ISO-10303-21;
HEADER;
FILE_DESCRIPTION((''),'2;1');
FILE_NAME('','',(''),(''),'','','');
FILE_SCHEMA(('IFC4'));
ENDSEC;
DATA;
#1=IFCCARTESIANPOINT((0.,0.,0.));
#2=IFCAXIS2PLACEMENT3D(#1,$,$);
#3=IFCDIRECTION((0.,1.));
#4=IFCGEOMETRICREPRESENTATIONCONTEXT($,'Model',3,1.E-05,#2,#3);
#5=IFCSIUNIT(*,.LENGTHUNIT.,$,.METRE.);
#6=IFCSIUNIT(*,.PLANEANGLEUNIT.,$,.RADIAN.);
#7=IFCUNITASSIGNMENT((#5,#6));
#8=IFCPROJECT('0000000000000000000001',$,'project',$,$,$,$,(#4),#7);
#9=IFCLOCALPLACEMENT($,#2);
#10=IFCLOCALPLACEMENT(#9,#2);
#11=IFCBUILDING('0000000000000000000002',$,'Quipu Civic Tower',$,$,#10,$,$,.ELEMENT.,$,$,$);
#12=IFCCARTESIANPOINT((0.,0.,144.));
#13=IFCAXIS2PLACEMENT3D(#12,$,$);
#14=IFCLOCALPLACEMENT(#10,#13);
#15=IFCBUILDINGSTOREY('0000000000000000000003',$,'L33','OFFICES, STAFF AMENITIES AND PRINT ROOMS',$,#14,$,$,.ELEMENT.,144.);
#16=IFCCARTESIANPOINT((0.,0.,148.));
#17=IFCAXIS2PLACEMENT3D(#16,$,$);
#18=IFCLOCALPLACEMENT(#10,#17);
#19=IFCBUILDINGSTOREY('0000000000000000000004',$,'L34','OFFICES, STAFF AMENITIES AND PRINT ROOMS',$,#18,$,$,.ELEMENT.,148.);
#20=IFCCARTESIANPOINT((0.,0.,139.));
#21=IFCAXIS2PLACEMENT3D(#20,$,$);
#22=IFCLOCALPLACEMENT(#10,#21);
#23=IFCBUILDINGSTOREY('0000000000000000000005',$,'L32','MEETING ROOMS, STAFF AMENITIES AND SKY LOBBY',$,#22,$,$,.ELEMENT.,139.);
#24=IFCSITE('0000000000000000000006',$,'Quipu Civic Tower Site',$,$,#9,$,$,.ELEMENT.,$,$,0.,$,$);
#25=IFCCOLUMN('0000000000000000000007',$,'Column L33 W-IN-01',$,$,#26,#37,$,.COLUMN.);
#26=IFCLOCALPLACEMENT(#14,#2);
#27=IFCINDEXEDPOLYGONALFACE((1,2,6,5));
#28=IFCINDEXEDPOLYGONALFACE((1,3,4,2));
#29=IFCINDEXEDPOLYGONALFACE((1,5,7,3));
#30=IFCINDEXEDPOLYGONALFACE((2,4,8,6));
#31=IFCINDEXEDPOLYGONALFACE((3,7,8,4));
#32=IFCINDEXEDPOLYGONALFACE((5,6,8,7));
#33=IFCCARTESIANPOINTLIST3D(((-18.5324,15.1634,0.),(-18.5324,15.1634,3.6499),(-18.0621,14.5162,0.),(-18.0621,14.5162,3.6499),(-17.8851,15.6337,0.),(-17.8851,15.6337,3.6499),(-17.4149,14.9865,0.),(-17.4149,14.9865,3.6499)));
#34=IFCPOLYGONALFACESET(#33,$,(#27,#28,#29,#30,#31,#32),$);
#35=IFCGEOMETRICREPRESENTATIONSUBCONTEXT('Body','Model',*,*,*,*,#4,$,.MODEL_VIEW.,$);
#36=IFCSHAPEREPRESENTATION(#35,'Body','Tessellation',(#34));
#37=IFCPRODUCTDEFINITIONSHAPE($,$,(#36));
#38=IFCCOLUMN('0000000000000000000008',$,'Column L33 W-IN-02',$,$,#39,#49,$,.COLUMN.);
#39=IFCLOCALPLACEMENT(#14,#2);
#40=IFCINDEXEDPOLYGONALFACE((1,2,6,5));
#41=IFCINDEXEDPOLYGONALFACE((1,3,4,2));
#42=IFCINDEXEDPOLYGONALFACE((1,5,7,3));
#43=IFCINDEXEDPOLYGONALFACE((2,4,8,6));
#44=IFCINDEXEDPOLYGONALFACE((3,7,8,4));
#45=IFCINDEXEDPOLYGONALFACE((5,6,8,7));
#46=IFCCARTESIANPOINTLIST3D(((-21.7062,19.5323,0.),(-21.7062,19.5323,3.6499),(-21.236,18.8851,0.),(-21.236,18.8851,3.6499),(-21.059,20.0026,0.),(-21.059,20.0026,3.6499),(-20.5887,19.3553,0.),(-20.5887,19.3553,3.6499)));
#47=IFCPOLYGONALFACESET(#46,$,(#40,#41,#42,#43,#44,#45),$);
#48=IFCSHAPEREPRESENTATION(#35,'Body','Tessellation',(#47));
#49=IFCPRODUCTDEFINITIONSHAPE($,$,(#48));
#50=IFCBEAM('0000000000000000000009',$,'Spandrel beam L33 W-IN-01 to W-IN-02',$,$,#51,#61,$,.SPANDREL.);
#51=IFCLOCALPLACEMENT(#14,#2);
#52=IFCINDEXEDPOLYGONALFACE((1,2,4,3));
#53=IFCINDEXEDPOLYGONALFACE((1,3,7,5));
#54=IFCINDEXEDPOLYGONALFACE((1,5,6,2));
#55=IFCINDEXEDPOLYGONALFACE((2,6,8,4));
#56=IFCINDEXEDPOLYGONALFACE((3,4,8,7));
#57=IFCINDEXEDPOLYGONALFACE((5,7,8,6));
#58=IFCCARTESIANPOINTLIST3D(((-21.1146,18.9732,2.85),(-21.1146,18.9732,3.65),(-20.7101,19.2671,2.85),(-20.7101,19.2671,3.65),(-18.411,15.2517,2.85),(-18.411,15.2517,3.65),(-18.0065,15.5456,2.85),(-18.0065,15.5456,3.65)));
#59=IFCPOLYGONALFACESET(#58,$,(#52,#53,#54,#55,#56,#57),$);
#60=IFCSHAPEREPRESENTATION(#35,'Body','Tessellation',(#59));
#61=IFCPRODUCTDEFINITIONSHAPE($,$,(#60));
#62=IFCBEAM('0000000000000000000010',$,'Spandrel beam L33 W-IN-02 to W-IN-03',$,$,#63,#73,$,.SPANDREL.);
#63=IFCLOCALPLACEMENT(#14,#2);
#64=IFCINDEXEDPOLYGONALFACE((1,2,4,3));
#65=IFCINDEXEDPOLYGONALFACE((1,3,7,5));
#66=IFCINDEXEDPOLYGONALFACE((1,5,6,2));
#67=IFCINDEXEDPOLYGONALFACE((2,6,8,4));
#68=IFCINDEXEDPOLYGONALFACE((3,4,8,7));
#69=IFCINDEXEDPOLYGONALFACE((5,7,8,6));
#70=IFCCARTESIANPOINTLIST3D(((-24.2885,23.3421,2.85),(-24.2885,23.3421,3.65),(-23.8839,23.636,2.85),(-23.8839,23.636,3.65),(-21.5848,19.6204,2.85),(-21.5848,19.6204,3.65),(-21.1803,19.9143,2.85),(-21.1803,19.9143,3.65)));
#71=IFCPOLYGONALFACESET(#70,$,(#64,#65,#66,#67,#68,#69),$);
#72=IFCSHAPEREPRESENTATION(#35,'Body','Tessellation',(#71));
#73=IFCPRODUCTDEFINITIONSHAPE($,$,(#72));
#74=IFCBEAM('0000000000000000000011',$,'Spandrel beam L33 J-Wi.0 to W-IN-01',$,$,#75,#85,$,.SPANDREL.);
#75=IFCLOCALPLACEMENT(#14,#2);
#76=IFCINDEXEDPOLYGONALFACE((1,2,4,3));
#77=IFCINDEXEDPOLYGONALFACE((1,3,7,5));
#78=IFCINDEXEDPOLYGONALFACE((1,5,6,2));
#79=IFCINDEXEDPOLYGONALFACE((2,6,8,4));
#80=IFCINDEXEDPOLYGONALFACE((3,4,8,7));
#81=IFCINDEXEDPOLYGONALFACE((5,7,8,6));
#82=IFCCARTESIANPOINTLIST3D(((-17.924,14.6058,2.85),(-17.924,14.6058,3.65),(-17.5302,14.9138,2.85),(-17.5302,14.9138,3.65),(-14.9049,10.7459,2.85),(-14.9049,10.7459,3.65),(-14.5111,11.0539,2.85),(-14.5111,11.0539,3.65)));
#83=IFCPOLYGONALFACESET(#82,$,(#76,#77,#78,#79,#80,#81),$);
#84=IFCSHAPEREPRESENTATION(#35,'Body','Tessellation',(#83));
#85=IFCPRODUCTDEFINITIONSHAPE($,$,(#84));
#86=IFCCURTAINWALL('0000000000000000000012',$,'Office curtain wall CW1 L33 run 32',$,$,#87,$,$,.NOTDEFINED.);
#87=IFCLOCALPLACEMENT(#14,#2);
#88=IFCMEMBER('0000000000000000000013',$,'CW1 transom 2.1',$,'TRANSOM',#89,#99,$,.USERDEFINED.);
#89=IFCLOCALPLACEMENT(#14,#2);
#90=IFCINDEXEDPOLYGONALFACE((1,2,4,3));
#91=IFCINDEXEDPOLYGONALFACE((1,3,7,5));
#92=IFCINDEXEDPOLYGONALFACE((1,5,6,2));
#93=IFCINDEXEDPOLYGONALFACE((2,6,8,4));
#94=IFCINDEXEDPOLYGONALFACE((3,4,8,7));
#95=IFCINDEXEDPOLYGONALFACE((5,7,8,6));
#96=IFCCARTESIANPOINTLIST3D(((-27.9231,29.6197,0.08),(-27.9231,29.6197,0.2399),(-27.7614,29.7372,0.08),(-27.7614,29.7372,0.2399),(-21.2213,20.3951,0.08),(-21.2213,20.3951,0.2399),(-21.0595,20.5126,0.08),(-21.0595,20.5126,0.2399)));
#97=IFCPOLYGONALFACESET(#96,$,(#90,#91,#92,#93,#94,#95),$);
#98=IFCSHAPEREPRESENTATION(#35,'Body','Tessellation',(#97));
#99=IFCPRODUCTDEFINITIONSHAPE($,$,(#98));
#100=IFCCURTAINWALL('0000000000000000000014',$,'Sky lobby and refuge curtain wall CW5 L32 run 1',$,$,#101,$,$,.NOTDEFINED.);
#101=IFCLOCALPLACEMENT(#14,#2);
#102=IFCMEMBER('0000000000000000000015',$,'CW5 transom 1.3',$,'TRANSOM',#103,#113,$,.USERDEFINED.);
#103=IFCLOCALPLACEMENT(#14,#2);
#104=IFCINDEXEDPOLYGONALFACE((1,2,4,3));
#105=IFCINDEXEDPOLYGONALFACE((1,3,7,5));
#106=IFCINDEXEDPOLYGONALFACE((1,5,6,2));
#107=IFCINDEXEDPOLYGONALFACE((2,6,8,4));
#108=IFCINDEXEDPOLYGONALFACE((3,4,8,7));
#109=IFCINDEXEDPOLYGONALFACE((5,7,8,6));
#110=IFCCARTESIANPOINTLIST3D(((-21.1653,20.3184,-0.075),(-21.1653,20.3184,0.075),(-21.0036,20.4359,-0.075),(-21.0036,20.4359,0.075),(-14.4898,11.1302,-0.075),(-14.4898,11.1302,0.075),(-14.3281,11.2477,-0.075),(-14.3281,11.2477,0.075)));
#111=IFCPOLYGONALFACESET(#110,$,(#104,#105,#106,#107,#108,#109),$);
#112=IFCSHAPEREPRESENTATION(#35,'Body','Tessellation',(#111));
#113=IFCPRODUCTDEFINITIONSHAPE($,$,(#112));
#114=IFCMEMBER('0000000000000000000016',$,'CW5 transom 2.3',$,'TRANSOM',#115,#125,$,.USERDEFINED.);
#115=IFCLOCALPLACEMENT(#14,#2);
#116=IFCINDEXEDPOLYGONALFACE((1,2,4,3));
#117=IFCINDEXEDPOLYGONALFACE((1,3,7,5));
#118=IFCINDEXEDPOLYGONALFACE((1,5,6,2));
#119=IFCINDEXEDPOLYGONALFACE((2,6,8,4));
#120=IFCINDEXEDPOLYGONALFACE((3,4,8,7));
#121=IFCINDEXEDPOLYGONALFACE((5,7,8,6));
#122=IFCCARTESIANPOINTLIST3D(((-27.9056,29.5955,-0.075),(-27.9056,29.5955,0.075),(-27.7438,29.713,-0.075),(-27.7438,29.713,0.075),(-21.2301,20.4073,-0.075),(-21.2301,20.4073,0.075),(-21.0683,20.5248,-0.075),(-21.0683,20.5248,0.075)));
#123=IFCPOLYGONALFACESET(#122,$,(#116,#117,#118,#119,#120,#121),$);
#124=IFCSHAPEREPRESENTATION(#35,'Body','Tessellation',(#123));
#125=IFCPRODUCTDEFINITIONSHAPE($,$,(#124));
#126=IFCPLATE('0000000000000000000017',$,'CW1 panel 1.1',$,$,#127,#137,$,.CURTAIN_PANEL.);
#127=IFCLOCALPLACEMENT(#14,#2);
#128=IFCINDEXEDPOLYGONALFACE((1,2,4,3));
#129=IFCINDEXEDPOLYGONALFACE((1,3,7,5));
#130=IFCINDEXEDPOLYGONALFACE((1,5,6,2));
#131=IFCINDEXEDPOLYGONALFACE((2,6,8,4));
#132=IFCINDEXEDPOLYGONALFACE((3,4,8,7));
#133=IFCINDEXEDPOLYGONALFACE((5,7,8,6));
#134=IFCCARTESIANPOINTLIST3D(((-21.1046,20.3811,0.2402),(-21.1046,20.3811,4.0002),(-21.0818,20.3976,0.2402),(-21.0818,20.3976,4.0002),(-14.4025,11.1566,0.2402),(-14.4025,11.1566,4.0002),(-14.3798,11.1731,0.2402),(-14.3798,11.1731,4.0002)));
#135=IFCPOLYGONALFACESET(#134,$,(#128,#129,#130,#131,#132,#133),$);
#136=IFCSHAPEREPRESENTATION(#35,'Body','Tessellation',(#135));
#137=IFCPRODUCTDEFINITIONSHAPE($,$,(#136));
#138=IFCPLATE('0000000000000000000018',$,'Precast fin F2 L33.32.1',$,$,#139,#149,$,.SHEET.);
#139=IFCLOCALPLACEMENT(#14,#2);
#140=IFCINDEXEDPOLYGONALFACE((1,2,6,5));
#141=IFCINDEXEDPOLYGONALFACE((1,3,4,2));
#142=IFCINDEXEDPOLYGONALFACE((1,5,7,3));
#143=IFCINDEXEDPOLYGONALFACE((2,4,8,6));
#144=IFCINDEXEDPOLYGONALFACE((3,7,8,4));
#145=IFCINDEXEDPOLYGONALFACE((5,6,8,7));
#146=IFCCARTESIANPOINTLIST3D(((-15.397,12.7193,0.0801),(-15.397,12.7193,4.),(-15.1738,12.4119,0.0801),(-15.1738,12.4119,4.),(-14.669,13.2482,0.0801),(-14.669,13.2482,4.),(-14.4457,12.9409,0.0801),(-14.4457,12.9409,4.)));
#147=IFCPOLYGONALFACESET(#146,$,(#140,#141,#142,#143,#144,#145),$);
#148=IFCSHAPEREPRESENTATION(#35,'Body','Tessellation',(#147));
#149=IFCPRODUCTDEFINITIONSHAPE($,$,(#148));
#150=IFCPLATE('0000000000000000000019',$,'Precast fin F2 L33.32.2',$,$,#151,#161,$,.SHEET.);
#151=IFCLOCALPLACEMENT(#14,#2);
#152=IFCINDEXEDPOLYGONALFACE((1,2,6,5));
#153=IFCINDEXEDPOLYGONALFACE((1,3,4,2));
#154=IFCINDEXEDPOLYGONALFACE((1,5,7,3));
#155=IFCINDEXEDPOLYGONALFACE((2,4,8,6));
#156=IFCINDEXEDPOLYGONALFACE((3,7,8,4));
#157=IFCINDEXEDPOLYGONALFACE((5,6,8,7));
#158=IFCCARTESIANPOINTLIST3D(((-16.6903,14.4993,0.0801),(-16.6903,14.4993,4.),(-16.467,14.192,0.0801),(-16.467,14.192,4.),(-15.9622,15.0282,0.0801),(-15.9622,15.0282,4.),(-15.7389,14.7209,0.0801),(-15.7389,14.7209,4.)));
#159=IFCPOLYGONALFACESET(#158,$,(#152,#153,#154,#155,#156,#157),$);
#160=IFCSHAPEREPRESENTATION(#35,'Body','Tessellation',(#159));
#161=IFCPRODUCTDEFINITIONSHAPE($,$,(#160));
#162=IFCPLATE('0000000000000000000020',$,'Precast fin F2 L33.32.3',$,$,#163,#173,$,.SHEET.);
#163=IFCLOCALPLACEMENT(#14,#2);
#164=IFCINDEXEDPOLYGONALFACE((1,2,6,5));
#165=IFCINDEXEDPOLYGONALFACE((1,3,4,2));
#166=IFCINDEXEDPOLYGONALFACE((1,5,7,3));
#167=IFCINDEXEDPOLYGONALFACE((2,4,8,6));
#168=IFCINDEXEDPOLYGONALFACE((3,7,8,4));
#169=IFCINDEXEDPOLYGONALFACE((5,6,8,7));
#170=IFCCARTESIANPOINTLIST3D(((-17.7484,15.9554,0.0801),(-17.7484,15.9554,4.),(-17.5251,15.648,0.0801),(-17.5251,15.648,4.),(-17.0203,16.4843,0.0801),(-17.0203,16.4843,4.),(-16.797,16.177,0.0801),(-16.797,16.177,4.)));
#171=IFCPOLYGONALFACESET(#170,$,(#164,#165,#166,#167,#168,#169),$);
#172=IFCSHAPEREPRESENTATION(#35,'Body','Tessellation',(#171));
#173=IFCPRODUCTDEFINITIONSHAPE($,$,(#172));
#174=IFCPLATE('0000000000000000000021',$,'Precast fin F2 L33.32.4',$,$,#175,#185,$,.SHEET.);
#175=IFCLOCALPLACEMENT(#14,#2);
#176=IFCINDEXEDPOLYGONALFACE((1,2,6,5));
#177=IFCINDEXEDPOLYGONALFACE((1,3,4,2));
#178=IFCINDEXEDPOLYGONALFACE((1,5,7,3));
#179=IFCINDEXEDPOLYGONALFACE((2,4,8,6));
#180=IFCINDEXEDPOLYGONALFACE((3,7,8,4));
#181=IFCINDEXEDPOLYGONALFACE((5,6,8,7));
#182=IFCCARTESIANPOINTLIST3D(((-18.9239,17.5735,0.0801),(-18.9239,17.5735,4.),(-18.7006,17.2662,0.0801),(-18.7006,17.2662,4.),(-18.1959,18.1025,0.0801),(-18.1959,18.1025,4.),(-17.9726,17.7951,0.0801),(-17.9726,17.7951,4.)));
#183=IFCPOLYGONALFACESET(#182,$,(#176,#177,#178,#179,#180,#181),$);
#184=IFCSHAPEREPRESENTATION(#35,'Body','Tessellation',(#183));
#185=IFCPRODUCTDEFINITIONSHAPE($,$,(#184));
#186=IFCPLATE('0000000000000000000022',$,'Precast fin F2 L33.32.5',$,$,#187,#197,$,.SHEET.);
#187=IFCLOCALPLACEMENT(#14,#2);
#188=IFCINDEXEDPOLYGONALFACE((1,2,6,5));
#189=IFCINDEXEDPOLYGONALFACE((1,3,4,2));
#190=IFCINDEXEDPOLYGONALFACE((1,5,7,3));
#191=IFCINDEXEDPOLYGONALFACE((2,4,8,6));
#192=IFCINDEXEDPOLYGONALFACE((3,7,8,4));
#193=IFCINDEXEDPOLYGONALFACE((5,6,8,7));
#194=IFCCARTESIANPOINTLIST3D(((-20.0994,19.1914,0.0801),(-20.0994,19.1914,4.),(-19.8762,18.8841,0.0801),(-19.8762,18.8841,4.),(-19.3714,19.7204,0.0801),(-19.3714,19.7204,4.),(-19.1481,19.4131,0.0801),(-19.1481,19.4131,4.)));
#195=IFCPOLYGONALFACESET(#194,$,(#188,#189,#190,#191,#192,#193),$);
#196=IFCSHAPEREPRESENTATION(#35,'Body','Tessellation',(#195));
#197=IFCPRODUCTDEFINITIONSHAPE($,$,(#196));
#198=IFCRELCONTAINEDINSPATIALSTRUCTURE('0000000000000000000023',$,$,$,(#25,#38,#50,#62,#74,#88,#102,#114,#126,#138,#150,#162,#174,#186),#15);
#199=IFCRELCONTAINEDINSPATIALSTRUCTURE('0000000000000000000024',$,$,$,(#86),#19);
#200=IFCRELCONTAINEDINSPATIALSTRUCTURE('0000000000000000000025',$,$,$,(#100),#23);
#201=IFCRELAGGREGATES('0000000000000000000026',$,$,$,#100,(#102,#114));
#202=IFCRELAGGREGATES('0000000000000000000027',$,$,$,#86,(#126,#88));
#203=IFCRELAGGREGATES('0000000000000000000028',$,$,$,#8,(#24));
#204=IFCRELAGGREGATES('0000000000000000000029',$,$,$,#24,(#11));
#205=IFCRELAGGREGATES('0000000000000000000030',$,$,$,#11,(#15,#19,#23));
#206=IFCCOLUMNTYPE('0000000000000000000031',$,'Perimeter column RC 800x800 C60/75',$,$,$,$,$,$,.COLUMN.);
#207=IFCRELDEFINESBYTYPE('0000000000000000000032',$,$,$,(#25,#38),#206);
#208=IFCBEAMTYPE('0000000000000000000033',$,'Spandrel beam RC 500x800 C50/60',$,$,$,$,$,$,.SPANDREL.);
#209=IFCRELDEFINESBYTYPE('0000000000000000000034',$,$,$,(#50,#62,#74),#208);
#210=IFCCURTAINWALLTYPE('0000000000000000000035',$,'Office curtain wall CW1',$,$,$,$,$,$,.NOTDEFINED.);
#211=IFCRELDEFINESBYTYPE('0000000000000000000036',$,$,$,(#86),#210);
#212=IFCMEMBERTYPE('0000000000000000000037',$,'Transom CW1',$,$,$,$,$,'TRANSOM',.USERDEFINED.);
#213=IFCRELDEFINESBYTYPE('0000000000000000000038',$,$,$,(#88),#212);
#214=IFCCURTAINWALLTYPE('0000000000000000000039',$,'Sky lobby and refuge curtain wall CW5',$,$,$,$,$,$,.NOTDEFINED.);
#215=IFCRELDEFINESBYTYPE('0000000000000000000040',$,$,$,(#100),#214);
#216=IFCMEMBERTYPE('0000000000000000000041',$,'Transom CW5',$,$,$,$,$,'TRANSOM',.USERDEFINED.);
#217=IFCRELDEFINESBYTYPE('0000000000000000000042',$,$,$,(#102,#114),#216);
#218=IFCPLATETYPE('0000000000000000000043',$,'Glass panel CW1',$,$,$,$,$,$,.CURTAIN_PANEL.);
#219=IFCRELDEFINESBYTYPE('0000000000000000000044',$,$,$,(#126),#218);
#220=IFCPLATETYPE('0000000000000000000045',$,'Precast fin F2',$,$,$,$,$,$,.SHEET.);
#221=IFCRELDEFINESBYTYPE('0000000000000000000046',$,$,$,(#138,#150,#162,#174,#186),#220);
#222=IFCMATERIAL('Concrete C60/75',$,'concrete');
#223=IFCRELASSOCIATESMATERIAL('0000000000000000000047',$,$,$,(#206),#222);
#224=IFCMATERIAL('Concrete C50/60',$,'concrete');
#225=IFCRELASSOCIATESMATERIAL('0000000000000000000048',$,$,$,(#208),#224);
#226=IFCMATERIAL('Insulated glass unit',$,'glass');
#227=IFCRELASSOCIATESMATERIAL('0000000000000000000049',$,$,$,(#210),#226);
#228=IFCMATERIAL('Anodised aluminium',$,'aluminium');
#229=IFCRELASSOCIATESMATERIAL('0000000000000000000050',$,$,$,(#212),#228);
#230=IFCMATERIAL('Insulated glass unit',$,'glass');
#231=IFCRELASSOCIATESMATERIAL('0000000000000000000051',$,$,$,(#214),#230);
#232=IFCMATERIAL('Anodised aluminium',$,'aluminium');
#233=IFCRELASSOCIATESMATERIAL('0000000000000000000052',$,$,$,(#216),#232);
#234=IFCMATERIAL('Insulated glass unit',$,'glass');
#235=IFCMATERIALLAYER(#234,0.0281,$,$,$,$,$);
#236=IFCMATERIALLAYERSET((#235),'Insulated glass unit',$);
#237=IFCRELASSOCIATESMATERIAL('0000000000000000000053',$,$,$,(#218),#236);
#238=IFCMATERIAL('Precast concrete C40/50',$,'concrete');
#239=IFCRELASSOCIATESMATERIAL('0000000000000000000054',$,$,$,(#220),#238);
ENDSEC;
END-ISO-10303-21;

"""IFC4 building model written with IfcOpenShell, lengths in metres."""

from ifc_helpers import new_model, si_unit, direction, frame, origin, origin_2d, place, context, subcontext, project, spatial, rectangle, extrude, material, layer, layer_set, material_profile, profile_set, type_object, element, aggregate, save


model = new_model("IFC4")

# Units and contexts
model_context = context("Model", 3, precision=1e-05, world=origin(), true_north=direction((0.0, 1.0)))
body_context = subcontext(model_context, "Body", "Model", "MODEL_VIEW")
ifc_project = project(units=[si_unit("LENGTHUNIT", "METRE"), si_unit("PLANEANGLEUNIT", "RADIAN")], contexts=[model_context])

# Site, building, storey
site_placement = place(None, origin())
site = spatial("IfcSite", under=ifc_project, at=site_placement, Name="Quipu Civic Tower Site", CompositionType="ELEMENT", RefElevation=0.0)
building_placement = place(site_placement, origin())
building = spatial("IfcBuilding", under=site, at=building_placement, Name="Quipu Civic Tower", CompositionType="ELEMENT")
storey_1_placement = place(building_placement, frame((0.0, 0.0, 144.0)))
storey_1 = spatial("IfcBuildingStorey", under=building, at=storey_1_placement, Name="L33", Description="OFFICES, STAFF AMENITIES AND PRINT ROOMS", CompositionType="ELEMENT", Elevation=144.0)

# Columns
ifc_material_1 = material(Name="Concrete C60/75", Category="concrete")
ifc_material_profile_1 = material_profile(ifc_material_1, rectangle(XDim=0.8, YDim=0.8, at=origin_2d()), Name="RC800x800")
ifc_profile_set_1 = profile_set([ifc_material_profile_1], Name="Concrete C60/75")
column_type = type_object("IfcColumnType", Name="Perimeter column RC 800x800 C60/75", PredefinedType="COLUMN", material=ifc_profile_set_1)
for number, where, z_axis, x_axis, name in (
    (1, (-17.9736, 15.075, 0.0), (0.0, 0.0, 1.0), (-0.587785, 0.809017, 0.0), "Column L33 W-IN-01"),
    (2, (-21.1475, 19.4438, 0.0), (0.0, 0.0, 1.0), (-0.587785, 0.809017, 0.0), "Column L33 W-IN-02"),
):
    element("IfcColumn", number, at=place(storey_1_placement, frame(where, z_axis=z_axis, x_axis=x_axis)), inside=storey_1, type_object=column_type, Name=name, PredefinedType="COLUMN", context=body_context, shape_type="SweptSolid", body=[
        extrude(rectangle(XDim=0.8, YDim=0.8, at=origin_2d()), origin(), (0.0, 0.0, 1.0), 3.6499),
    ])

# Beams
ifc_material_2 = material(Name="Concrete C50/60", Category="concrete")
ifc_material_profile_2 = material_profile(ifc_material_2, rectangle(XDim=0.5, YDim=0.8, at=origin_2d()), Name="RC500x800")
ifc_profile_set_2 = profile_set([ifc_material_profile_2], Name="Concrete C50/60")
beam_type = type_object("IfcBeamType", Name="Spandrel beam RC 500x800 C50/60", PredefinedType="SPANDREL", material=ifc_profile_set_2)
beam_1_placement = place(storey_1_placement, frame((-18.2087, 15.3987, 3.25), z_axis=(-0.587761, 0.809034, 0.0), x_axis=(-0.809034, -0.587761, 0.0)))
element("IfcBeam", 3, at=beam_1_placement, inside=storey_1, type_object=beam_type, Name="Spandrel beam L33 W-IN-01 to W-IN-02", PredefinedType="SPANDREL", context=body_context, shape_type="SweptSolid", body=[
    extrude(rectangle(XDim=0.5, YDim=0.8, at=origin_2d()), origin(), (0.0, 0.0, 1.0), 4.5999),
])
beam_2_placement = place(storey_1_placement, frame((-21.3826, 19.7673, 3.25), z_axis=(-0.587736, 0.809053, 0.0), x_axis=(-0.809053, -0.587736, 0.0)))
element("IfcBeam", 4, at=beam_2_placement, inside=storey_1, type_object=beam_type, Name="Spandrel beam L33 W-IN-02 to W-IN-03", PredefinedType="SPANDREL", context=body_context, shape_type="SweptSolid", body=[
    extrude(rectangle(XDim=0.5, YDim=0.8, at=origin_2d()), origin(), (0.0, 0.0, 1.0), 4.6001),
])
beam_3_placement = place(storey_1_placement, frame((-14.708, 10.8999, 3.25), z_axis=(-0.616091, 0.787675, 0.0), x_axis=(-0.787675, -0.616091, 0.0)))
element("IfcBeam", 5, at=beam_3_placement, inside=storey_1, type_object=beam_type, Name="Spandrel beam L33 J-Wi.0 to W-IN-01", PredefinedType="SPANDREL", context=body_context, shape_type="SweptSolid", body=[
    extrude(rectangle(XDim=0.5, YDim=0.8, at=origin_2d()), origin(), (0.0, 0.0, 1.0), 4.9004),
])

# Shared definitions
storey_2_placement = place(building_placement, frame((0.0, 0.0, 148.0)))
storey_2 = spatial("IfcBuildingStorey", under=building, at=storey_2_placement, Name="L34", Description="OFFICES, STAFF AMENITIES AND PRINT ROOMS", CompositionType="ELEMENT", Elevation=148.0)

# Curtain wall, member
ifc_material_3 = material(Name="Insulated glass unit", Category="glass")
curtain_wall_type_1 = type_object("IfcCurtainWallType", Name="Office curtain wall CW1", PredefinedType="NOTDEFINED", material=ifc_material_3)
curtain_wall_1_placement = place(storey_2_placement, origin())
curtain_wall_1 = element("IfcCurtainWall", 6, at=curtain_wall_1_placement, inside=storey_2, type_object=curtain_wall_type_1, Name="Office curtain wall CW1 L33 run 32", PredefinedType="NOTDEFINED")
ifc_material_4 = material(Name="Anodised aluminium", Category="aluminium")
ifc_material_profile_3 = material_profile(ifc_material_4, rectangle(XDim=0.2, YDim=0.1599, at=origin_2d()), Name="RECT 200x160")
ifc_profile_set_3 = profile_set([ifc_material_profile_3], Name="Anodised aluminium")
member_type_1 = type_object("IfcMemberType", Name="Transom CW1", ElementType="TRANSOM", PredefinedType="USERDEFINED", material=ifc_profile_set_3)
member_1_placement = place(storey_1_placement, frame((-21.1404, 20.4539, 0.1599), z_axis=(-0.587776, 0.809024, 0.0), x_axis=(-0.809024, -0.587776, 0.0)))
member_1 = element("IfcMember", 7, at=member_1_placement, inside=storey_1, type_object=member_type_1, Name="CW1 transom 2.1", ObjectType="TRANSOM", PredefinedType="USERDEFINED", context=body_context, shape_type="SweptSolid", body=[
    extrude(rectangle(XDim=0.2, YDim=0.1599, at=origin_2d()), origin(), (0.0, 0.0, 1.0), 11.4021),
])

# Shared definitions
storey_3_placement = place(building_placement, frame((0.0, 0.0, 139.0)))
storey_3 = spatial("IfcBuildingStorey", under=building, at=storey_3_placement, Name="L32", Description="MEETING ROOMS, STAFF AMENITIES AND SKY LOBBY", CompositionType="ELEMENT", Elevation=139.0)

# Curtain wall, members
ifc_material_5 = material(Name="Insulated glass unit", Category="glass")
curtain_wall_type_2 = type_object("IfcCurtainWallType", Name="Sky lobby and refuge curtain wall CW5", PredefinedType="NOTDEFINED", material=ifc_material_5)
curtain_wall_2_placement = place(storey_3_placement, origin())
curtain_wall_2 = element("IfcCurtainWall", 8, at=curtain_wall_2_placement, inside=storey_3, type_object=curtain_wall_type_2, Name="Sky lobby and refuge curtain wall CW5 L32 run 1", PredefinedType="NOTDEFINED")
ifc_material_6 = material(Name="Anodised aluminium", Category="aluminium")
ifc_material_profile_4 = material_profile(ifc_material_6, rectangle(XDim=0.2, YDim=0.1499, at=origin_2d()), Name="RECT 200x150")
ifc_profile_set_4 = profile_set([ifc_material_profile_4], Name="Anodised aluminium")
member_type_2 = type_object("IfcMemberType", Name="Transom CW5", ElementType="TRANSOM", PredefinedType="USERDEFINED", material=ifc_profile_set_4)
member_2_placement = place(storey_1_placement, frame((-14.4089, 11.189, 0.0), z_axis=(-0.587779, 0.809021, 0.0), x_axis=(-0.809021, -0.587779, 0.0)))
member_2 = element("IfcMember", 9, at=member_2_placement, inside=storey_1, type_object=member_type_2, Name="CW5 transom 1.3", ObjectType="TRANSOM", PredefinedType="USERDEFINED", context=body_context, shape_type="SweptSolid", body=[
    extrude(rectangle(XDim=0.2, YDim=0.1499, at=origin_2d()), origin(), (0.0, 0.0, 1.0), 11.3572),
])
member_3_placement = place(storey_1_placement, frame((-21.1492, 20.4661, 0.0), z_axis=(-0.587779, 0.809021, 0.0), x_axis=(-0.809021, -0.587779, 0.0)))
member_3 = element("IfcMember", 10, at=member_3_placement, inside=storey_1, type_object=member_type_2, Name="CW5 transom 2.3", ObjectType="TRANSOM", PredefinedType="USERDEFINED", context=body_context, shape_type="SweptSolid", body=[
    extrude(rectangle(XDim=0.2, YDim=0.1499, at=origin_2d()), origin(), (0.0, 0.0, 1.0), 11.3572),
])
aggregate(curtain_wall_2, [member_2, member_3])

# Plate
ifc_material_7 = material(Name="Insulated glass unit", Category="glass")
ifc_layer_1 = layer(ifc_material_7, 0.0281)
ifc_layer_set_1 = layer_set([ifc_layer_1], Name="Insulated glass unit")
plate_type_1 = type_object("IfcPlateType", Name="Glass panel CW1", PredefinedType="CURTAIN_PANEL", material=ifc_layer_set_1)
plate_placement = place(storey_1_placement, frame((-17.7422, 15.7771, 0.2402), z_axis=(0.0, 0.0, 1.0), x_axis=(-0.587789, 0.809014, 0.0)))
plate = element("IfcPlate", 11, at=plate_placement, inside=storey_1, type_object=plate_type_1, Name="CW1 panel 1.1", PredefinedType="CURTAIN_PANEL", context=body_context, shape_type="SweptSolid", body=[
    extrude(rectangle(XDim=11.4021, YDim=0.0281, at=origin_2d()), origin(), (0.0, 0.0, 1.0), 3.76),
])
aggregate(curtain_wall_1, [plate, member_1])

# Plates
ifc_material_8 = material(Name="Precast concrete C40/50", Category="concrete")
plate_type_2 = type_object("IfcPlateType", Name="Precast fin F2", PredefinedType="SHEET", material=ifc_material_8)
for number, where, z_axis, x_axis, name in (
    (12, (-14.9214, 12.8301, 0.0801), (0.0, 0.0, 1.0), (-0.587787, 0.809016, 0.0), "Precast fin F2 L33.32.1"),
    (13, (-16.2146, 14.6101, 0.0801), (0.0, 0.0, 1.0), (-0.587787, 0.809016, 0.0), "Precast fin F2 L33.32.2"),
    (14, (-17.2727, 16.0662, 0.0801), (0.0, 0.0, 1.0), (-0.587787, 0.809016, 0.0), "Precast fin F2 L33.32.3"),
    (15, (-18.4482, 17.6843, 0.0801), (0.0, 0.0, 1.0), (-0.587787, 0.809016, 0.0), "Precast fin F2 L33.32.4"),
    (16, (-19.6238, 19.3022, 0.0801), (0.0, 0.0, 1.0), (-0.587787, 0.809016, 0.0), "Precast fin F2 L33.32.5"),
):
    element("IfcPlate", number, at=place(storey_1_placement, frame(where, z_axis=z_axis, x_axis=x_axis)), inside=storey_1, type_object=plate_type_2, Name=name, PredefinedType="SHEET", context=body_context, shape_type="SweptSolid", body=[
        extrude(rectangle(XDim=0.3799, YDim=0.8999, at=origin_2d()), origin(), (0.0, 0.0, 1.0), 3.9199),
    ])

save(model, "model.ifc")
